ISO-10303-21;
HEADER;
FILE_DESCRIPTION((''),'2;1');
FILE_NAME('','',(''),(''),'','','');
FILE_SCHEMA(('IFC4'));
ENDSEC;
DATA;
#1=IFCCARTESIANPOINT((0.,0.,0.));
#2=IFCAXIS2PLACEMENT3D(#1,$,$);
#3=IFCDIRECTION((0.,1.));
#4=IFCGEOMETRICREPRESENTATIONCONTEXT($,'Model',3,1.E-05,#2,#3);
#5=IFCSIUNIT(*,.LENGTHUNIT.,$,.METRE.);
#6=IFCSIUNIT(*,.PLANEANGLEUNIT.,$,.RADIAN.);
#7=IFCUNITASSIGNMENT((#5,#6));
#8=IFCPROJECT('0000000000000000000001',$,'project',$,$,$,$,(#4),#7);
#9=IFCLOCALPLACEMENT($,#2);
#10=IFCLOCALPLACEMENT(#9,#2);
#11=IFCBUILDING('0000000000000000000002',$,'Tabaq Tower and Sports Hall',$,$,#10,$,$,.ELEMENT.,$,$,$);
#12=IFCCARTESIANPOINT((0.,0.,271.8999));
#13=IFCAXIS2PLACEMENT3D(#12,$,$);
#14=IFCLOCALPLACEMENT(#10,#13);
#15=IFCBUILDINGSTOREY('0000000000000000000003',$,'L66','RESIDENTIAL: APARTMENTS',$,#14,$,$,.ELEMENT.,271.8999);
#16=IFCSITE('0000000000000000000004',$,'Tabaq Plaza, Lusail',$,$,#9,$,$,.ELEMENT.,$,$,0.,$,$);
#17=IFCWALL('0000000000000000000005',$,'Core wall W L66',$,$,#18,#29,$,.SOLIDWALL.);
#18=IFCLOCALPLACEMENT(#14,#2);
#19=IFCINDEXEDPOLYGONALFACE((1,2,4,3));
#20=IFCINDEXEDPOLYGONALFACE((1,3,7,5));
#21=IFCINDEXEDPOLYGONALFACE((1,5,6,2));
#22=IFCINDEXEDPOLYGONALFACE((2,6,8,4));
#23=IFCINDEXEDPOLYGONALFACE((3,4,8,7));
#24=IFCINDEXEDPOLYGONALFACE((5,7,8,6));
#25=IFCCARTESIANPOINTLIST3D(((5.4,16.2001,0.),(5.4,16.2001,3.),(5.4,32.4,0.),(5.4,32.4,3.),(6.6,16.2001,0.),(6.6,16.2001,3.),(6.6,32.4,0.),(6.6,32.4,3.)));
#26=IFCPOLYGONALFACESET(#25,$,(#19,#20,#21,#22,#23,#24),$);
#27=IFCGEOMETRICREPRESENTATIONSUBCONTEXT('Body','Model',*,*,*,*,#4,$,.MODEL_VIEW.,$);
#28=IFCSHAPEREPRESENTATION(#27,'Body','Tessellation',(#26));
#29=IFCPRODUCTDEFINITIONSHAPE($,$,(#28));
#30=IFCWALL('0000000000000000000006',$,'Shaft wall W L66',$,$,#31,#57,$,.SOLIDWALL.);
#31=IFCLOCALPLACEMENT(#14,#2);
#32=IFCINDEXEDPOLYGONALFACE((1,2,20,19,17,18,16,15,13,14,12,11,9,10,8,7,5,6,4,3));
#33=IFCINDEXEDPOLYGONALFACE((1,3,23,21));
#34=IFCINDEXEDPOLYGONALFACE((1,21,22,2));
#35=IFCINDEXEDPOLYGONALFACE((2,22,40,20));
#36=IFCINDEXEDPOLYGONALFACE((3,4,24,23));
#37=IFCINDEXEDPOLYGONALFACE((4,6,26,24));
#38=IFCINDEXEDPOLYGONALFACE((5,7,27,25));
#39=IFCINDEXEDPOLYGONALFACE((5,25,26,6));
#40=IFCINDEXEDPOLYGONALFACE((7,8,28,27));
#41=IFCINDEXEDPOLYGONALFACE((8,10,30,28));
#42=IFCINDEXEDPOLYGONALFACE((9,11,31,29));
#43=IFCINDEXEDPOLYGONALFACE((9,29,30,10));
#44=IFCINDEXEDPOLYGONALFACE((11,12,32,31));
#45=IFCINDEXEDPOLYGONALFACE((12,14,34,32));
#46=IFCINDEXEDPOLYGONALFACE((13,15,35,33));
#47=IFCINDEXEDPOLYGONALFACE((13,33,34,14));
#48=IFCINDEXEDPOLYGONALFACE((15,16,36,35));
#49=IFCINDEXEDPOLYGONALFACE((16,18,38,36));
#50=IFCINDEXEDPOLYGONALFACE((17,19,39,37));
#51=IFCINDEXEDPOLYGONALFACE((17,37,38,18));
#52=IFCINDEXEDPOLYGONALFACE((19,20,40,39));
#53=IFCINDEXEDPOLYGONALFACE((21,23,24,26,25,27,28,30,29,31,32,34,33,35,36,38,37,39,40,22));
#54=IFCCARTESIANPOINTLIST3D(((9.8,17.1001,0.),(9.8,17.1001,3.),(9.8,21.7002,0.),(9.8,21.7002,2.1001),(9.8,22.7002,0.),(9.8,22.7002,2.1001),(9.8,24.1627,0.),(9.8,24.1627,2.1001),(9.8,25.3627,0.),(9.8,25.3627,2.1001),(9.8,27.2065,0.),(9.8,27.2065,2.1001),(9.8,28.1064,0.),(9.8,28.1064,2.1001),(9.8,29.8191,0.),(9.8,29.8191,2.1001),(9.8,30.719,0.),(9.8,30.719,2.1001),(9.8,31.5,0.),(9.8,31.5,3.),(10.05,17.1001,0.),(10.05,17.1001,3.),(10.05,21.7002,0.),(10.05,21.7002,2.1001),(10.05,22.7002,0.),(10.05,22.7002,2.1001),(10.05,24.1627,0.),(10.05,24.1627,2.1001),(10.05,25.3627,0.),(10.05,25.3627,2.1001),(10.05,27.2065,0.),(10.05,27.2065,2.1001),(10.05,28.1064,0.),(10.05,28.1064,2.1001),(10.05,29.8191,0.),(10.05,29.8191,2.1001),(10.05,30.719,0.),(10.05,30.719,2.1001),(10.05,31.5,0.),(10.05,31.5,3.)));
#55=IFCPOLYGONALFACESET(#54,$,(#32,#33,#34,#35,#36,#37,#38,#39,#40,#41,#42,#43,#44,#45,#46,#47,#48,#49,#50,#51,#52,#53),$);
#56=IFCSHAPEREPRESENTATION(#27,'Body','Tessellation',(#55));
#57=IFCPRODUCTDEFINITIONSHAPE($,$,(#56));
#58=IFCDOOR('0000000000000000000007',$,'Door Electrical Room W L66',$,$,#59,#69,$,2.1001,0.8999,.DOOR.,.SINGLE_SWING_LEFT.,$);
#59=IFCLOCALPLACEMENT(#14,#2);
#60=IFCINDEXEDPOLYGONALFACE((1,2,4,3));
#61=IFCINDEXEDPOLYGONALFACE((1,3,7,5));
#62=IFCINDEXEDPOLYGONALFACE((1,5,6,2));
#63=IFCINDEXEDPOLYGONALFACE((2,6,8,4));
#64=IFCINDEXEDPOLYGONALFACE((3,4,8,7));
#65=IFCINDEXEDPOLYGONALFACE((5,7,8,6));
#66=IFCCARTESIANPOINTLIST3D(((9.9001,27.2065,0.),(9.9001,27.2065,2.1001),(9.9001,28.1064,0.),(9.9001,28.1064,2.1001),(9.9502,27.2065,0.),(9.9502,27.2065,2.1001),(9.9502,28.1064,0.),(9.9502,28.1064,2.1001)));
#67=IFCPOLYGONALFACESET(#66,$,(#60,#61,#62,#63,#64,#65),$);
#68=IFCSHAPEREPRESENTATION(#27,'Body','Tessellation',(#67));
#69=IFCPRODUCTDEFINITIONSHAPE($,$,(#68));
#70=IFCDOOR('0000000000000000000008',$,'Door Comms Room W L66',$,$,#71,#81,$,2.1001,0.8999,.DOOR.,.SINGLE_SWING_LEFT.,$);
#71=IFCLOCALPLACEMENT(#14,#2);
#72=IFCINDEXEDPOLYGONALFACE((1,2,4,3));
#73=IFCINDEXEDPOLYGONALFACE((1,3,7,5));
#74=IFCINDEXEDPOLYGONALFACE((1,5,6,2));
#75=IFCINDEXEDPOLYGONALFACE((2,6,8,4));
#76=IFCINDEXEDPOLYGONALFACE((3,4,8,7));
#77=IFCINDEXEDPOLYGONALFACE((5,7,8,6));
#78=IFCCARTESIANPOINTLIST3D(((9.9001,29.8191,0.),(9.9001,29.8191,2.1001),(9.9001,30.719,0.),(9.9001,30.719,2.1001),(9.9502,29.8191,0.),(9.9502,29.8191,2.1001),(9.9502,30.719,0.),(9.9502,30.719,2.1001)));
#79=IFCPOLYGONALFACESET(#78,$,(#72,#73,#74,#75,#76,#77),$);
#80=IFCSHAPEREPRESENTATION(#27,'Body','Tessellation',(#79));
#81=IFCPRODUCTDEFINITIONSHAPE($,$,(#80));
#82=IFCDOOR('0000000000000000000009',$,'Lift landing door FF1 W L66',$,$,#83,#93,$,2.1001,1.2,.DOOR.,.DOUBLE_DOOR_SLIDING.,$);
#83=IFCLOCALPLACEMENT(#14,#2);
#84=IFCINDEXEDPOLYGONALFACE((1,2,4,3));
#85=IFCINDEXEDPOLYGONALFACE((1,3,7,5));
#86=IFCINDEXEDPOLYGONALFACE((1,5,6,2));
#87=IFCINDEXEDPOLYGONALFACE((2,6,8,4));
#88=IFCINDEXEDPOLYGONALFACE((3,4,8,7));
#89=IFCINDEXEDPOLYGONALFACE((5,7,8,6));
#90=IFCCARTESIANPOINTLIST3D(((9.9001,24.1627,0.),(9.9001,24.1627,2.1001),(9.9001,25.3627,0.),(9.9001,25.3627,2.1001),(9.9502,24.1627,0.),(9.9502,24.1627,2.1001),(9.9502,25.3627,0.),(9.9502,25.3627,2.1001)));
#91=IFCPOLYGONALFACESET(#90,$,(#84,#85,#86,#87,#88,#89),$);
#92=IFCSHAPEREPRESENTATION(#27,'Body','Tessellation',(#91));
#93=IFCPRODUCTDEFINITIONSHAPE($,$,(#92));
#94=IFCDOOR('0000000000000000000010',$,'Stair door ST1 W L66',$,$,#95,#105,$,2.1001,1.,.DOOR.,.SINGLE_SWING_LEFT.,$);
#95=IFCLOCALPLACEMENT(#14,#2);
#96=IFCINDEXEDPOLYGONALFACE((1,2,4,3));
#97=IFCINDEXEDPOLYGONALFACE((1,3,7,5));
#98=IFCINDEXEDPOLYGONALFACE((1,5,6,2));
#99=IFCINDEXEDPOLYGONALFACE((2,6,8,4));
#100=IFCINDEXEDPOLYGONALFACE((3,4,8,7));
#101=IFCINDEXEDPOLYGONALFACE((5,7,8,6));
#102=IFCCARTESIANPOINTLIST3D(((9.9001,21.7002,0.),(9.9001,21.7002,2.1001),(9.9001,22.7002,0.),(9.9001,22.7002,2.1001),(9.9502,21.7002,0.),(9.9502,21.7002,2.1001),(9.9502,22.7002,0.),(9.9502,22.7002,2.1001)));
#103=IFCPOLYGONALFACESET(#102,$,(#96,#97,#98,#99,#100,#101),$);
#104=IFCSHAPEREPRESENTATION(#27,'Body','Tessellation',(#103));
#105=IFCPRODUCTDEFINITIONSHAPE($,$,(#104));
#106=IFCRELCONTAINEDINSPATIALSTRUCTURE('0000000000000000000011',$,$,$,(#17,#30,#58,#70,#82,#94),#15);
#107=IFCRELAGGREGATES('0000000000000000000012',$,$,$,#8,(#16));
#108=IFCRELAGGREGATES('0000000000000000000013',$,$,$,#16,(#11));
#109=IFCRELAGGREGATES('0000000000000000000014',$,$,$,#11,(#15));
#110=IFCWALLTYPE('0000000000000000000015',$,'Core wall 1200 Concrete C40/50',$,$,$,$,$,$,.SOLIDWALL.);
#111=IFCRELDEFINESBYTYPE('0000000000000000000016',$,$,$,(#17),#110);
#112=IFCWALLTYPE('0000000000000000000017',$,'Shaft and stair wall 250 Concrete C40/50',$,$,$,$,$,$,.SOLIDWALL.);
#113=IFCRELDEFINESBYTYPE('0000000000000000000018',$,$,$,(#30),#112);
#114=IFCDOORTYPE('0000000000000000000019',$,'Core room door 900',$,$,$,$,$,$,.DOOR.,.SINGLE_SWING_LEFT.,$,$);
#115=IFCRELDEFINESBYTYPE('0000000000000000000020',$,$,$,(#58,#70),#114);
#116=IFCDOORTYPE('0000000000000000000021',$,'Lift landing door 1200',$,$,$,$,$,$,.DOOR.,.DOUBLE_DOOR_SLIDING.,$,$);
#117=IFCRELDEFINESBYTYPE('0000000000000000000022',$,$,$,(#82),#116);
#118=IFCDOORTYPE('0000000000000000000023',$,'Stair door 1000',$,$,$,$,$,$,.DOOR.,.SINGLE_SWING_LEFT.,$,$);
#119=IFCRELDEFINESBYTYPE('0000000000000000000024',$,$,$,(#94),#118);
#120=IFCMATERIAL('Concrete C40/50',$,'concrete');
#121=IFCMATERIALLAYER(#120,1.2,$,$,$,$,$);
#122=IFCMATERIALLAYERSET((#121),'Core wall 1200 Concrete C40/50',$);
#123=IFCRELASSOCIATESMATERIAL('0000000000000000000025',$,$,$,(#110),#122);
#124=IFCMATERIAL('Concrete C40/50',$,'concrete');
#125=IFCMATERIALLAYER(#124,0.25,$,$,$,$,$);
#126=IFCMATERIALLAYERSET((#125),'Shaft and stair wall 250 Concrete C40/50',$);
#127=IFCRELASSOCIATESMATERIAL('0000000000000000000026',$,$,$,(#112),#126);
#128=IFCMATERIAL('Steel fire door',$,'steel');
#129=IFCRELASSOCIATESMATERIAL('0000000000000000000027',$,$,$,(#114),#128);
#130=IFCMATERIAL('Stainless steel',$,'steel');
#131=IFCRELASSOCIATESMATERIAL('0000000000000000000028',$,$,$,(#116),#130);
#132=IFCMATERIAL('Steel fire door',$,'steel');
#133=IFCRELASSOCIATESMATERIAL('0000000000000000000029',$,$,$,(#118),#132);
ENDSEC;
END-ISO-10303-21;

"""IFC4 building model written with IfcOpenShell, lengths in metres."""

from ifc_helpers import new_model, si_unit, direction, frame, frame_2d, origin, place, context, subcontext, project, spatial, rectangle, extrude, material, layer, layer_set, type_object, element, fill, save


model = new_model("IFC4")

# Units and contexts
model_context = context("Model", 3, precision=1e-05, world=origin(), true_north=direction((0.0, 1.0)))
body_context = subcontext(model_context, "Body", "Model", "MODEL_VIEW")
ifc_project = project(units=[si_unit("LENGTHUNIT", "METRE"), si_unit("PLANEANGLEUNIT", "RADIAN")], contexts=[model_context])

# Site, building, storey
site_placement = place(None, origin())
site = spatial("IfcSite", under=ifc_project, at=site_placement, Name="Tabaq Plaza, Lusail", CompositionType="ELEMENT", RefElevation=0.0)
building_placement = place(site_placement, origin())
building = spatial("IfcBuilding", under=site, at=building_placement, Name="Tabaq Tower and Sports Hall", CompositionType="ELEMENT")
storey_placement = place(building_placement, frame((0.0, 0.0, 271.8999)))
storey = spatial("IfcBuildingStorey", under=building, at=storey_placement, Name="L66", Description="RESIDENTIAL: APARTMENTS", CompositionType="ELEMENT", Elevation=271.8999)

# Wall
ifc_material_1 = material(Name="Concrete C40/50", Category="concrete")
ifc_layer_1 = layer(ifc_material_1, 1.2)
ifc_layer_set_1 = layer_set([ifc_layer_1], Name="Core wall 1200 Concrete C40/50")
wall_type_1 = type_object("IfcWallType", Name="Core wall 1200 Concrete C40/50", PredefinedType="SOLIDWALL", material=ifc_layer_set_1)
wall_1_placement = place(storey_placement, frame((6.0, 16.2, 0.0), z_axis=(0.0, 0.0, 1.0), x_axis=(0.0, 1.0, 0.0)))
element("IfcWall", 1, at=wall_1_placement, inside=storey, type_object=wall_type_1, Name="Core wall W L66", PredefinedType="SOLIDWALL", context=body_context, shape_type="SweptSolid", body=[
    extrude(rectangle(XDim=16.2, YDim=1.2, at=frame_2d((8.1001, 0.0))), origin(), (0.0, 0.0, 1.0), 3.0),
])

# Wall, openings, doors
ifc_material_2 = material(Name="Concrete C40/50", Category="concrete")
ifc_layer_2 = layer(ifc_material_2, 0.25)
ifc_layer_set_2 = layer_set([ifc_layer_2], Name="Shaft and stair wall 250 Concrete C40/50")
wall_type_2 = type_object("IfcWallType", Name="Shaft and stair wall 250 Concrete C40/50", PredefinedType="SOLIDWALL", material=ifc_layer_set_2)
wall_2_placement = place(storey_placement, frame((9.925, 17.1001, 0.0), z_axis=(0.0, 0.0, 1.0), x_axis=(0.0, 1.0, 0.0)))
wall_2 = element("IfcWall", 2, at=wall_2_placement, inside=storey, type_object=wall_type_2, Name="Shaft wall W L66", PredefinedType="SOLIDWALL", context=body_context, shape_type="SweptSolid", body=[
    extrude(rectangle(XDim=14.3999, YDim=0.25, at=frame_2d((7.2, 0.0))), origin(), (0.0, 0.0, 1.0), 3.0),
])
opening_1_placement = place(wall_2_placement, frame((4.6001, 0.0, 0.0)))
opening_1 = element("IfcOpeningElement", 3, at=opening_1_placement, cuts=wall_2, PredefinedType="OPENING", context=body_context, shape_type="SweptSolid", body=[
    extrude(rectangle(XDim=1.0, YDim=2.1001, at=frame_2d((0.5, 1.05))), frame((0.0, 0.125, 0.0), z_axis=(0.0, -1.0, 0.0), x_axis=(1.0, 0.0, 0.0)), (0.0, 0.0, 1.0), 0.25),
])
opening_2_placement = place(wall_2_placement, frame((7.0625, 0.0, 0.0)))
opening_2 = element("IfcOpeningElement", 4, at=opening_2_placement, cuts=wall_2, PredefinedType="OPENING", context=body_context, shape_type="SweptSolid", body=[
    extrude(rectangle(XDim=1.2, YDim=2.1001, at=frame_2d((0.6001, 1.05))), frame((0.0, 0.125, 0.0), z_axis=(0.0, -1.0, 0.0), x_axis=(1.0, 0.0, 0.0)), (0.0, 0.0, 1.0), 0.25),
])
opening_3_placement = place(wall_2_placement, frame((10.1064, 0.0, 0.0)))
opening_3 = element("IfcOpeningElement", 5, at=opening_3_placement, cuts=wall_2, PredefinedType="OPENING", context=body_context, shape_type="SweptSolid", body=[
    extrude(rectangle(XDim=0.8999, YDim=2.1001, at=frame_2d((0.45, 1.05))), frame((0.0, 0.125, 0.0), z_axis=(0.0, -1.0, 0.0), x_axis=(1.0, 0.0, 0.0)), (0.0, 0.0, 1.0), 0.25),
])
opening_4_placement = place(wall_2_placement, frame((12.719, 0.0, 0.0)))
opening_4 = element("IfcOpeningElement", 6, at=opening_4_placement, cuts=wall_2, PredefinedType="OPENING", context=body_context, shape_type="SweptSolid", body=[
    extrude(rectangle(XDim=0.8999, YDim=2.1001, at=frame_2d((0.45, 1.05))), frame((0.0, 0.125, 0.0), z_axis=(0.0, -1.0, 0.0), x_axis=(1.0, 0.0, 0.0)), (0.0, 0.0, 1.0), 0.25),
])
ifc_material_3 = material(Name="Steel fire door", Category="steel")
door_type_1 = type_object("IfcDoorType", Name="Core room door 900", OperationType="SINGLE_SWING_LEFT", PredefinedType="DOOR", material=ifc_material_3)
door_1_placement = place(opening_3_placement, origin())
door_1 = element("IfcDoor", 7, at=door_1_placement, inside=storey, type_object=door_type_1, Name="Door Electrical Room W L66", OperationType="SINGLE_SWING_LEFT", OverallHeight=2.1001, OverallWidth=0.8999, PredefinedType="DOOR", context=body_context, shape_type="SweptSolid", body=[
    extrude(rectangle(XDim=0.8999, YDim=2.1001, at=frame_2d((0.45, 1.05))), frame((0.0, 0.0249, 0.0), z_axis=(0.0, -1.0, 0.0), x_axis=(1.0, 0.0, 0.0)), (0.0, 0.0, 1.0), 0.05),
])
fill(opening_3, door_1)
door_2_placement = place(opening_4_placement, origin())
door_2 = element("IfcDoor", 8, at=door_2_placement, inside=storey, type_object=door_type_1, Name="Door Comms Room W L66", OperationType="SINGLE_SWING_LEFT", OverallHeight=2.1001, OverallWidth=0.8999, PredefinedType="DOOR", context=body_context, shape_type="SweptSolid", body=[
    extrude(rectangle(XDim=0.8999, YDim=2.1001, at=frame_2d((0.45, 1.05))), frame((0.0, 0.0249, 0.0), z_axis=(0.0, -1.0, 0.0), x_axis=(1.0, 0.0, 0.0)), (0.0, 0.0, 1.0), 0.05),
])
fill(opening_4, door_2)
ifc_material_4 = material(Name="Stainless steel", Category="steel")
door_type_2 = type_object("IfcDoorType", Name="Lift landing door 1200", OperationType="DOUBLE_DOOR_SLIDING", PredefinedType="DOOR", material=ifc_material_4)
door_3_placement = place(opening_2_placement, origin())
door_3 = element("IfcDoor", 9, at=door_3_placement, inside=storey, type_object=door_type_2, Name="Lift landing door FF1 W L66", OperationType="DOUBLE_DOOR_SLIDING", OverallHeight=2.1001, OverallWidth=1.2, PredefinedType="DOOR", context=body_context, shape_type="SweptSolid", body=[
    extrude(rectangle(XDim=1.2, YDim=2.1001, at=frame_2d((0.6001, 1.05))), frame((0.0, 0.0249, 0.0), z_axis=(0.0, -1.0, 0.0), x_axis=(1.0, 0.0, 0.0)), (0.0, 0.0, 1.0), 0.05),
])
fill(opening_2, door_3)
ifc_material_5 = material(Name="Steel fire door", Category="steel")
door_type_3 = type_object("IfcDoorType", Name="Stair door 1000", OperationType="SINGLE_SWING_LEFT", PredefinedType="DOOR", material=ifc_material_5)
door_4_placement = place(opening_1_placement, origin())
door_4 = element("IfcDoor", 10, at=door_4_placement, inside=storey, type_object=door_type_3, Name="Stair door ST1 W L66", OperationType="SINGLE_SWING_LEFT", OverallHeight=2.1001, OverallWidth=1.0, PredefinedType="DOOR", context=body_context, shape_type="SweptSolid", body=[
    extrude(rectangle(XDim=1.0, YDim=2.1001, at=frame_2d((0.5, 1.05))), frame((0.0, 0.0249, 0.0), z_axis=(0.0, -1.0, 0.0), x_axis=(1.0, 0.0, 0.0)), (0.0, 0.0, 1.0), 0.05),
])
fill(opening_1, door_4)

save(model, "model.ifc")
